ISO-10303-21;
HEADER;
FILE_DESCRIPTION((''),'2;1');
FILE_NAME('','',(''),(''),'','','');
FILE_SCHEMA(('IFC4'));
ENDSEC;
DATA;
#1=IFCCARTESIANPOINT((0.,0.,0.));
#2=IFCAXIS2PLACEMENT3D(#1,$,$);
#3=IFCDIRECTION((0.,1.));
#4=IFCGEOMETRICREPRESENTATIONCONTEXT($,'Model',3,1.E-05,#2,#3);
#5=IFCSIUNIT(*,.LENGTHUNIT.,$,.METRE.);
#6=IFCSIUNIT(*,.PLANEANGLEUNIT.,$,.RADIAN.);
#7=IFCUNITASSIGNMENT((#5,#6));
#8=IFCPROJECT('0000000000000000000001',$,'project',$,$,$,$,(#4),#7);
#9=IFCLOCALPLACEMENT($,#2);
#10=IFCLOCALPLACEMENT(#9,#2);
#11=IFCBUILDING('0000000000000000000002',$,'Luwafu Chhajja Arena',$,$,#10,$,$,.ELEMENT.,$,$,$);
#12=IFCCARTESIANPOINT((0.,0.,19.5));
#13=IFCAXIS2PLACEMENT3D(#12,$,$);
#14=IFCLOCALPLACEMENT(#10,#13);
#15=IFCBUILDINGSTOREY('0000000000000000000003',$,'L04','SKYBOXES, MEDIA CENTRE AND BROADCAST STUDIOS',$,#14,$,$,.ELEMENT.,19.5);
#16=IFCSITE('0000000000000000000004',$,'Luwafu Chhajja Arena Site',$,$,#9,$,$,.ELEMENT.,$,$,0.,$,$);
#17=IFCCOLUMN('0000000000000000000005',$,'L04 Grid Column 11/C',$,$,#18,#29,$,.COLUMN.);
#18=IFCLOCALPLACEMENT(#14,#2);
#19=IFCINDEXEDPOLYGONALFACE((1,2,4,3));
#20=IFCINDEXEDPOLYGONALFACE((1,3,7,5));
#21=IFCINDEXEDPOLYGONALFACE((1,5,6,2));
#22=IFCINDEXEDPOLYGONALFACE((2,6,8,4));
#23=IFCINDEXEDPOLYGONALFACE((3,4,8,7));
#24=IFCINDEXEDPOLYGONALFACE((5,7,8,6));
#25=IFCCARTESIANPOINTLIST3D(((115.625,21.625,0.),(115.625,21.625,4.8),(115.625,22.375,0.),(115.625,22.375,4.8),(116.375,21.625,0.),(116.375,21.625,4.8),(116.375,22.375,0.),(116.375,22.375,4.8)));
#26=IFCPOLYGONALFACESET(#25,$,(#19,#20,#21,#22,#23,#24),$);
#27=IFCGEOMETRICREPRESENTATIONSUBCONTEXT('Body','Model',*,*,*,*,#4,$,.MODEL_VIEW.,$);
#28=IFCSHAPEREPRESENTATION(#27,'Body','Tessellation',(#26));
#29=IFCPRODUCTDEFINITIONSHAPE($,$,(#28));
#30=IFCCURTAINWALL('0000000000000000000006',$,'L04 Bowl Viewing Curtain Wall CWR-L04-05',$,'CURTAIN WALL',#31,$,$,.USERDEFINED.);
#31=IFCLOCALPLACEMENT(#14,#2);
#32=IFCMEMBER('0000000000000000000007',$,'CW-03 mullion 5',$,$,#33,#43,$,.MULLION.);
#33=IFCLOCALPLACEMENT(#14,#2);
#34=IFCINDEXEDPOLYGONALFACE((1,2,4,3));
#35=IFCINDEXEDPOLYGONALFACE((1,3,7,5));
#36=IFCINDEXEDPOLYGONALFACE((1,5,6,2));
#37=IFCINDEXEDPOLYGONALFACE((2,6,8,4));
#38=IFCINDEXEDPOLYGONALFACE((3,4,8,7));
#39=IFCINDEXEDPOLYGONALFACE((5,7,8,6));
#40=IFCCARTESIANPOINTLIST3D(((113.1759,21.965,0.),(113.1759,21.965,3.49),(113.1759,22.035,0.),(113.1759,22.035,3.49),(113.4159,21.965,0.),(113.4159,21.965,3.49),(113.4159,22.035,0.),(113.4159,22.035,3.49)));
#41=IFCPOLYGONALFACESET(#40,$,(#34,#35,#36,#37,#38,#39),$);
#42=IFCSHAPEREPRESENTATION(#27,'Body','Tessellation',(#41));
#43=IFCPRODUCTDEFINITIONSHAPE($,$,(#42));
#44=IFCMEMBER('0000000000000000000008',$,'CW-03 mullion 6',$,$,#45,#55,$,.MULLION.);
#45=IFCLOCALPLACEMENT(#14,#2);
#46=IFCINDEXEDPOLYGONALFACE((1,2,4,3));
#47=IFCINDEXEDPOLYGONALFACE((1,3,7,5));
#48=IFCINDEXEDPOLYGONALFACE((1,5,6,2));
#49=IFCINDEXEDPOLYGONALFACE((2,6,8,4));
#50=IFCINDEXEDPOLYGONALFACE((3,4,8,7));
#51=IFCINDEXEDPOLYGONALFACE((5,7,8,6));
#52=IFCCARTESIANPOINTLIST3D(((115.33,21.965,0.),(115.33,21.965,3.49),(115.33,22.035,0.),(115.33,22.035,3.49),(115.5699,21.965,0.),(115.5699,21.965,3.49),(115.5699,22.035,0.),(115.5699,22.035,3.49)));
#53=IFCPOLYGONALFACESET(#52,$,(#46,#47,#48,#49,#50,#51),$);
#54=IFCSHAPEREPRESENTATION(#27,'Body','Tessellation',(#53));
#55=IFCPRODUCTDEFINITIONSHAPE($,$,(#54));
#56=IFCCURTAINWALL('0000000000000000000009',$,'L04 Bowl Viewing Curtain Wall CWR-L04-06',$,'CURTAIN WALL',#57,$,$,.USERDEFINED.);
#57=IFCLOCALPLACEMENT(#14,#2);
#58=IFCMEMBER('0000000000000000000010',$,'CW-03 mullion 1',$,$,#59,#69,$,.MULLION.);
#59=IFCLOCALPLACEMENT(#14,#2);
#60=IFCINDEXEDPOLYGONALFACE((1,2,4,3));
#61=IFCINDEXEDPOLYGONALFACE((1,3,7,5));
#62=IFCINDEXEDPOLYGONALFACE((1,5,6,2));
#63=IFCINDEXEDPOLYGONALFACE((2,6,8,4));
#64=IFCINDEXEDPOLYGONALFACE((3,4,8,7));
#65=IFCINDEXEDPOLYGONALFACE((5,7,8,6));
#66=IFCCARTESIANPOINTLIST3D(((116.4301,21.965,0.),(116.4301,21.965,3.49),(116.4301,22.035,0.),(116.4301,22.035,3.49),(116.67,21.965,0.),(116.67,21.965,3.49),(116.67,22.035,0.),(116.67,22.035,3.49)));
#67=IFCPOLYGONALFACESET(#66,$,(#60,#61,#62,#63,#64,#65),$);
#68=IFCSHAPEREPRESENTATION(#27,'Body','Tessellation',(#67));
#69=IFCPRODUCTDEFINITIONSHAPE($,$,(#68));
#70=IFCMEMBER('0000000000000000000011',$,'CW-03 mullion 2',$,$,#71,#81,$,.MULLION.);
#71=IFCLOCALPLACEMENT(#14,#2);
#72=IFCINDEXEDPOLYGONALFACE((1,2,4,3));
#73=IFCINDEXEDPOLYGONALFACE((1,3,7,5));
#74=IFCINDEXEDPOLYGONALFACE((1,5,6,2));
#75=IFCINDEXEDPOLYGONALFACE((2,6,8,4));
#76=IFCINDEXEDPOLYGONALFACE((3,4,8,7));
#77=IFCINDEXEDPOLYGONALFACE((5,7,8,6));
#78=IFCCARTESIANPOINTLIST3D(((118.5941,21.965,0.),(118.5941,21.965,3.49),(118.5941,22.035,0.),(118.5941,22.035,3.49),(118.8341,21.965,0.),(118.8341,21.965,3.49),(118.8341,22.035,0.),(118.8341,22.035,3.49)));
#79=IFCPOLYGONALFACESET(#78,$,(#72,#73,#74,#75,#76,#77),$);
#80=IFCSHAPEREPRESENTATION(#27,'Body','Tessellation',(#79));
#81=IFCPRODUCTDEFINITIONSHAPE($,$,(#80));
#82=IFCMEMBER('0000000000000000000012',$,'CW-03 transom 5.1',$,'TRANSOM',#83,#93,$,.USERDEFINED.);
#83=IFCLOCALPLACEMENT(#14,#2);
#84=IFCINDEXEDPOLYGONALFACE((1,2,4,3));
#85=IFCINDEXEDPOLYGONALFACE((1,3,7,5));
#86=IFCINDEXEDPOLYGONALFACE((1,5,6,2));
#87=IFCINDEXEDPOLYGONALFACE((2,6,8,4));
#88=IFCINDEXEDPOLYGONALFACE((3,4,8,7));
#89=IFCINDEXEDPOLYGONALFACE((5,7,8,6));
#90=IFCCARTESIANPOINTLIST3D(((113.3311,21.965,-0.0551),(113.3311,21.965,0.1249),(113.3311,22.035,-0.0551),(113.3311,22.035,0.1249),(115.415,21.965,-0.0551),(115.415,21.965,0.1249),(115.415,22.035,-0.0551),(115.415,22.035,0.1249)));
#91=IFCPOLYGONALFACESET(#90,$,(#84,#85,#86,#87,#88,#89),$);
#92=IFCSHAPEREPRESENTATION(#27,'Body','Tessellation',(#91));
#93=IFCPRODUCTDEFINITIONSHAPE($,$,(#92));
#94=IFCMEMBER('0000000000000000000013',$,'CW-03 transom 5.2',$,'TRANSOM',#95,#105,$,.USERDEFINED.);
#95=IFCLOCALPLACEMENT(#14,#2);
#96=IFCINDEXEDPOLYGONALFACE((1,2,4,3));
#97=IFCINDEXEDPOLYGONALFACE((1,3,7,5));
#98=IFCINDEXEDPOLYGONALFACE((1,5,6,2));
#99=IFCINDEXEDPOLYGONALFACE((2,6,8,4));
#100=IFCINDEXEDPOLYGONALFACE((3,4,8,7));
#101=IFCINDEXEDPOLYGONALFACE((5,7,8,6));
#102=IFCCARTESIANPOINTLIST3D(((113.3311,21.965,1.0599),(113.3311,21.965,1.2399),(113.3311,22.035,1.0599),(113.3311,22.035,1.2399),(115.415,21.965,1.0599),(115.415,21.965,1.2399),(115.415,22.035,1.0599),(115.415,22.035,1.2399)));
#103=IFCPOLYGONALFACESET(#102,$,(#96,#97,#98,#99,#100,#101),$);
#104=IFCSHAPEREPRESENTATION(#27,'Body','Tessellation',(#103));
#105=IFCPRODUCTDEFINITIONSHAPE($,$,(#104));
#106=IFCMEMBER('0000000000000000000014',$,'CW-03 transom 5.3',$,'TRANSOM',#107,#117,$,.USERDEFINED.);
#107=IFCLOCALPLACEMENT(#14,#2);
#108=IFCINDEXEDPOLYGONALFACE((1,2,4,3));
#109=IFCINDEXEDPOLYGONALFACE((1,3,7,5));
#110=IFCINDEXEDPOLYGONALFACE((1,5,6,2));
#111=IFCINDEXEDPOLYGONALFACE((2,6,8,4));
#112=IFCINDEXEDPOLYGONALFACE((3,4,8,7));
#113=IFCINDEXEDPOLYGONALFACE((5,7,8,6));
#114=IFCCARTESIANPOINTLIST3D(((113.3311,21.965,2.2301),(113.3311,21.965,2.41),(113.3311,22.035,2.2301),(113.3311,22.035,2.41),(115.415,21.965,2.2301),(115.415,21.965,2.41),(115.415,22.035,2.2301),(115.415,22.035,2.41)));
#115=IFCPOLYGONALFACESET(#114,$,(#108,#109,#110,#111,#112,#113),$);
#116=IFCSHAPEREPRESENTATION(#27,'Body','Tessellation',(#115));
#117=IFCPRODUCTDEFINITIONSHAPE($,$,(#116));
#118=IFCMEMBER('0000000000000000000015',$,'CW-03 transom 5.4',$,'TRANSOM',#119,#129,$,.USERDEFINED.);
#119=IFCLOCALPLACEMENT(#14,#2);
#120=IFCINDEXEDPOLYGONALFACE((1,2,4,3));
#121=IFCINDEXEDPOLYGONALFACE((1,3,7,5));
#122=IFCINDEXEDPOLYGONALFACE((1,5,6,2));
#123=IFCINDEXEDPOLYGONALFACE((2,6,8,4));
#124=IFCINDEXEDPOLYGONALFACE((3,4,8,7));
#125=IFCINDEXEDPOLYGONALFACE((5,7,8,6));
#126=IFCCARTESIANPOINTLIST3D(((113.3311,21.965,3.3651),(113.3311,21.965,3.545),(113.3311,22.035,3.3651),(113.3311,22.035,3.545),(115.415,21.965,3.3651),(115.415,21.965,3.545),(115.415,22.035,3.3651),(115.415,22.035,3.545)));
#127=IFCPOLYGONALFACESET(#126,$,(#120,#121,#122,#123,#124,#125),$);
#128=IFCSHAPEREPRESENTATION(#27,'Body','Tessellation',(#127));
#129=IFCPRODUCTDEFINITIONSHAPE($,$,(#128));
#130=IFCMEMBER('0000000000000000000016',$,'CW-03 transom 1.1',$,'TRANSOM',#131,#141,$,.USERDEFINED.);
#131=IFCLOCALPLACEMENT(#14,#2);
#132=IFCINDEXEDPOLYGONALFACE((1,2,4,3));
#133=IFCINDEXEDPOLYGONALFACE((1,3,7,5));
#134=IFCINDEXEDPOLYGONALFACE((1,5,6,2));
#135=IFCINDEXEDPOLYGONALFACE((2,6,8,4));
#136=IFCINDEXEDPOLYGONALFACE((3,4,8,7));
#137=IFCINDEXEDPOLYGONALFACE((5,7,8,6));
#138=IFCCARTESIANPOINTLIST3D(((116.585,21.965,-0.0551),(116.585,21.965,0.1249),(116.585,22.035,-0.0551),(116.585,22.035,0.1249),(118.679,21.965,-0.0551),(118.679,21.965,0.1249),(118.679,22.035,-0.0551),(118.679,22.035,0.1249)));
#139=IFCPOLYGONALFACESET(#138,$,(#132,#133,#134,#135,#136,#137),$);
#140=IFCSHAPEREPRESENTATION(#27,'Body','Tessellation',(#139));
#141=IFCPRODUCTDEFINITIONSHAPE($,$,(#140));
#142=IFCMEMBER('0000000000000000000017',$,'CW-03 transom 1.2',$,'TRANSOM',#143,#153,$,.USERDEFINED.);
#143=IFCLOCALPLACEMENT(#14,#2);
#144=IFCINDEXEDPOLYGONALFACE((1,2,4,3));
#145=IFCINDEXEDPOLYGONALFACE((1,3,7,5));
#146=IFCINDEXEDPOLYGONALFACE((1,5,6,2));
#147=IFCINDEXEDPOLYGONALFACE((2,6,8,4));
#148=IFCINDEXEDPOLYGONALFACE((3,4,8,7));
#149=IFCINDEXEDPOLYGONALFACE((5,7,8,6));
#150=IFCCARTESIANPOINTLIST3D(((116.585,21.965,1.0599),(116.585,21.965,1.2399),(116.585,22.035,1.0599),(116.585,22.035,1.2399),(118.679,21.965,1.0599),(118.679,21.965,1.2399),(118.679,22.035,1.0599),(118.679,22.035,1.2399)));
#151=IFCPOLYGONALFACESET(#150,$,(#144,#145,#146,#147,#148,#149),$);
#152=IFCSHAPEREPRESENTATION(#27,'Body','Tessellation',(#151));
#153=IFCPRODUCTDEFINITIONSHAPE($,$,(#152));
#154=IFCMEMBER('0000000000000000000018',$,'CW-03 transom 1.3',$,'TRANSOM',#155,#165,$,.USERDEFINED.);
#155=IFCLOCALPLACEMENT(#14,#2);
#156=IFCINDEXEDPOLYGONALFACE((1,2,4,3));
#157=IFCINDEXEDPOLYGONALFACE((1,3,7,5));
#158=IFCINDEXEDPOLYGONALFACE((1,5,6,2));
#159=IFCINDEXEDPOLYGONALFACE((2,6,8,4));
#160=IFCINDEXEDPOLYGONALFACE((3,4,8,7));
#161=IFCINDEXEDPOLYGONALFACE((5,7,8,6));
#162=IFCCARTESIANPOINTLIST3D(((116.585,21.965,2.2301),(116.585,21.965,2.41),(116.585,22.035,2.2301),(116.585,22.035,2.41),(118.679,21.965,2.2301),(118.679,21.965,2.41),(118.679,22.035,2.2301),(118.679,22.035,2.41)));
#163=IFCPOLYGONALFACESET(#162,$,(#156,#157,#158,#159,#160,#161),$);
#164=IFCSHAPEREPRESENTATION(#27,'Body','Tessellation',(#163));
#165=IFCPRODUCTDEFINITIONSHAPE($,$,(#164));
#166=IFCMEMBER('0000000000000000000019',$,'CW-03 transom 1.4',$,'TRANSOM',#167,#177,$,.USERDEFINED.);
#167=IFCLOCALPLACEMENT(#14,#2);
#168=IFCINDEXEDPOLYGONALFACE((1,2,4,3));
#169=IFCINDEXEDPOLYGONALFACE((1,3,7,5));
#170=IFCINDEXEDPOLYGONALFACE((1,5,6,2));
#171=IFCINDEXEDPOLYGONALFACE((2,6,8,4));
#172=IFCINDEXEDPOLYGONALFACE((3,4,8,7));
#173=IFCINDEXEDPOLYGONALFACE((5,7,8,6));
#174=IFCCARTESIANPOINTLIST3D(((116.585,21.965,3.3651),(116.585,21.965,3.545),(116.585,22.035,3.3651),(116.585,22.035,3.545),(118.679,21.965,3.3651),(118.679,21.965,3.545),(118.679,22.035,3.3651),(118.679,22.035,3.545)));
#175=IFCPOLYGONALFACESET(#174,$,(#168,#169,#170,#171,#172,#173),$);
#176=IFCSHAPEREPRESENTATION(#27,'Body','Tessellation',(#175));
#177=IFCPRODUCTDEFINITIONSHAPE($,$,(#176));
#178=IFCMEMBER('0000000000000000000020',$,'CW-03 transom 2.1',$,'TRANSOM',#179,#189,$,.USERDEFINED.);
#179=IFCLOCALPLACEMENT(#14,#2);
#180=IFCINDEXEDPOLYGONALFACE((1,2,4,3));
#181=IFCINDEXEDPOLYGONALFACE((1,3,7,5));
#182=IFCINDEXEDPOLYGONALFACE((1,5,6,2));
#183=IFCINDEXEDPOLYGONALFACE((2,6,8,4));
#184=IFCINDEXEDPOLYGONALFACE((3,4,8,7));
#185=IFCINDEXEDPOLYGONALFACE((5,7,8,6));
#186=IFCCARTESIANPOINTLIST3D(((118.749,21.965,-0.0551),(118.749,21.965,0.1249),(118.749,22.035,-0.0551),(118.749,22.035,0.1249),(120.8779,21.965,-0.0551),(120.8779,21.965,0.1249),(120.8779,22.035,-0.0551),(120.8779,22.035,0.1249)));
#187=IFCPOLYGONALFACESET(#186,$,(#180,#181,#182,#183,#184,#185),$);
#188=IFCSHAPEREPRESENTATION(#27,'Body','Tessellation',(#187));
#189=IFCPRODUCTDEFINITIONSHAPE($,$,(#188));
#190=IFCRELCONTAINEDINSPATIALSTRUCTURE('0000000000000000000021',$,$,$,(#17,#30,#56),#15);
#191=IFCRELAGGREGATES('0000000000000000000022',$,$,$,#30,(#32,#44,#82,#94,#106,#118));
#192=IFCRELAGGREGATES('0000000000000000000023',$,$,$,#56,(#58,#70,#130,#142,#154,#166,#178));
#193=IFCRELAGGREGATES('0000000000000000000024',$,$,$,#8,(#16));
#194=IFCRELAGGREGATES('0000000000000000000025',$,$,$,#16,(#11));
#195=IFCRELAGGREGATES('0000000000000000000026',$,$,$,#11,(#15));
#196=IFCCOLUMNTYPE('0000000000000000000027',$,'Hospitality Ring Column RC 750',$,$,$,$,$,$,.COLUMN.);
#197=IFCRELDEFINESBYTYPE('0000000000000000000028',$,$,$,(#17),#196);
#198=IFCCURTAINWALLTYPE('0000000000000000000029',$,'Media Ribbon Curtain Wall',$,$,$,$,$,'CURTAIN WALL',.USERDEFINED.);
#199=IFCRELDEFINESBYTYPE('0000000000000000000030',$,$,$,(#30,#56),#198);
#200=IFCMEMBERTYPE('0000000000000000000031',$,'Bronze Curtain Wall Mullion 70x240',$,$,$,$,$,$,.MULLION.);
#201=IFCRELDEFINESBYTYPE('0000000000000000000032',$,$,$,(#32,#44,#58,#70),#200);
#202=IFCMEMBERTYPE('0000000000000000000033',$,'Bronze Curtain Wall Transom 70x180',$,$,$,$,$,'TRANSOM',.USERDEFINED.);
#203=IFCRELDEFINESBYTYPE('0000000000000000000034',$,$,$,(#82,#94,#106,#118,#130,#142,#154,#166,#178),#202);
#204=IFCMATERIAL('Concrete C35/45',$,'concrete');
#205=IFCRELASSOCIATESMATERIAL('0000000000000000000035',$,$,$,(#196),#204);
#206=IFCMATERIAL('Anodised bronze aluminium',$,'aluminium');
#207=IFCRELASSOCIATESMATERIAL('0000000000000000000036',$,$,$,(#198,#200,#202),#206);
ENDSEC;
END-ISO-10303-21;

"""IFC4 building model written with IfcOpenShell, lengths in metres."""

from ifc_helpers import new_model, si_unit, direction, frame, origin, origin_2d, place, context, subcontext, project, spatial, rectangle, extrude, material, material_profile, profile_set, type_object, element, aggregate, save


model = new_model("IFC4")

# Units and contexts
model_context = context("Model", 3, precision=1e-05, world=origin(), true_north=direction((0.0, 1.0)))
body_context = subcontext(model_context, "Body", "Model", "MODEL_VIEW")
ifc_project = project(units=[si_unit("LENGTHUNIT", "METRE"), si_unit("PLANEANGLEUNIT", "RADIAN")], contexts=[model_context])

# Site, building, storey
site_placement = place(None, origin())
site = spatial("IfcSite", under=ifc_project, at=site_placement, Name="Luwafu Chhajja Arena Site", CompositionType="ELEMENT", RefElevation=0.0)
building_placement = place(site_placement, origin())
building = spatial("IfcBuilding", under=site, at=building_placement, Name="Luwafu Chhajja Arena", CompositionType="ELEMENT")
storey_placement = place(building_placement, frame((0.0, 0.0, 19.5)))
storey = spatial("IfcBuildingStorey", under=building, at=storey_placement, Name="L04", Description="SKYBOXES, MEDIA CENTRE AND BROADCAST STUDIOS", CompositionType="ELEMENT", Elevation=19.5)

# Column
ifc_material_1 = material(Name="Concrete C35/45", Category="concrete")
ifc_material_profile_1 = material_profile(ifc_material_1, rectangle(XDim=0.75, YDim=0.75, at=origin_2d()), Name="RC 750x750")
ifc_profile_set_1 = profile_set([ifc_material_profile_1], Name="Concrete C35/45")
column_type = type_object("IfcColumnType", Name="Hospitality Ring Column RC 750", PredefinedType="COLUMN", material=ifc_profile_set_1)
column_placement = place(storey_placement, frame((116.0, 22.0, 0.0), z_axis=(0.0, 0.0, 1.0), x_axis=(1.0, 0.0, 0.0)))
element("IfcColumn", 1, at=column_placement, inside=storey, type_object=column_type, Name="L04 Grid Column 11/C", PredefinedType="COLUMN", context=body_context, shape_type="SweptSolid", body=[
    extrude(rectangle(XDim=0.75, YDim=0.75, at=origin_2d()), origin(), (0.0, 0.0, 1.0), 4.8),
])

# Curtain walls, members
ifc_material_2 = material(Name="Anodised bronze aluminium", Category="aluminium")
curtain_wall_type = type_object("IfcCurtainWallType", Name="Media Ribbon Curtain Wall", ElementType="CURTAIN WALL", PredefinedType="USERDEFINED", material=ifc_material_2)
curtain_wall_1_placement = place(storey_placement, origin())
curtain_wall_1 = element("IfcCurtainWall", 2, at=curtain_wall_1_placement, inside=storey, type_object=curtain_wall_type, Name="L04 Bowl Viewing Curtain Wall CWR-L04-05", ObjectType="CURTAIN WALL", PredefinedType="USERDEFINED")
ifc_material_profile_2 = material_profile(ifc_material_2, rectangle(XDim=0.0701, YDim=0.24, at=origin_2d()), Name="CWM 70x240")
ifc_profile_set_2 = profile_set([ifc_material_profile_2], Name="Anodised bronze aluminium")
member_type_1 = type_object("IfcMemberType", Name="Bronze Curtain Wall Mullion 70x240", PredefinedType="MULLION", material=ifc_profile_set_2)
member_1_placement = place(storey_placement, frame((113.2959, 22.0, 0.0), z_axis=(0.0, 0.0, 1.0), x_axis=(0.0, 1.0, 0.0)))
member_1 = element("IfcMember", 3, at=member_1_placement, type_object=member_type_1, Name="CW-03 mullion 5", PredefinedType="MULLION", context=body_context, shape_type="SweptSolid", body=[
    extrude(rectangle(XDim=0.0701, YDim=0.24, at=origin_2d()), origin(), (0.0, 0.0, 1.0), 3.49),
])
member_2_placement = place(storey_placement, frame((115.45, 22.0, 0.0), z_axis=(0.0, 0.0, 1.0), x_axis=(0.0, 1.0, 0.0)))
member_2 = element("IfcMember", 4, at=member_2_placement, type_object=member_type_1, Name="CW-03 mullion 6", PredefinedType="MULLION", context=body_context, shape_type="SweptSolid", body=[
    extrude(rectangle(XDim=0.0701, YDim=0.24, at=origin_2d()), origin(), (0.0, 0.0, 1.0), 3.49),
])
curtain_wall_2_placement = place(storey_placement, origin())
curtain_wall_2 = element("IfcCurtainWall", 5, at=curtain_wall_2_placement, inside=storey, type_object=curtain_wall_type, Name="L04 Bowl Viewing Curtain Wall CWR-L04-06", ObjectType="CURTAIN WALL", PredefinedType="USERDEFINED")
member_3_placement = place(storey_placement, frame((116.55, 22.0, 0.0), z_axis=(0.0, 0.0, 1.0), x_axis=(0.0, 1.0, 0.0)))
member_3 = element("IfcMember", 6, at=member_3_placement, type_object=member_type_1, Name="CW-03 mullion 1", PredefinedType="MULLION", context=body_context, shape_type="SweptSolid", body=[
    extrude(rectangle(XDim=0.0701, YDim=0.24, at=origin_2d()), origin(), (0.0, 0.0, 1.0), 3.49),
])
member_4_placement = place(storey_placement, frame((118.7141, 22.0, 0.0), z_axis=(0.0, 0.0, 1.0), x_axis=(0.0, 1.0, 0.0)))
member_4 = element("IfcMember", 7, at=member_4_placement, type_object=member_type_1, Name="CW-03 mullion 2", PredefinedType="MULLION", context=body_context, shape_type="SweptSolid", body=[
    extrude(rectangle(XDim=0.0701, YDim=0.24, at=origin_2d()), origin(), (0.0, 0.0, 1.0), 3.49),
])

# Members
ifc_material_profile_3 = material_profile(ifc_material_2, rectangle(XDim=0.0701, YDim=0.1799, at=origin_2d()), Name="CWT 70x180")
ifc_profile_set_3 = profile_set([ifc_material_profile_3], Name="Anodised bronze aluminium")
member_type_2 = type_object("IfcMemberType", Name="Bronze Curtain Wall Transom 70x180", ElementType="TRANSOM", PredefinedType="USERDEFINED", material=ifc_profile_set_3)
member_5_placement = place(storey_placement, frame((113.3311, 22.0, 0.0349), z_axis=(1.0, 0.0, 0.0), x_axis=(0.0, 1.0, 0.0)))
member_5 = element("IfcMember", 8, at=member_5_placement, type_object=member_type_2, Name="CW-03 transom 5.1", ObjectType="TRANSOM", PredefinedType="USERDEFINED", context=body_context, shape_type="SweptSolid", body=[
    extrude(rectangle(XDim=0.0701, YDim=0.1799, at=origin_2d()), origin(), (0.0, 0.0, 1.0), 2.084),
])
member_6_placement = place(storey_placement, frame((113.3311, 22.0, 1.1499), z_axis=(1.0, 0.0, 0.0), x_axis=(0.0, 1.0, 0.0)))
member_6 = element("IfcMember", 9, at=member_6_placement, type_object=member_type_2, Name="CW-03 transom 5.2", ObjectType="TRANSOM", PredefinedType="USERDEFINED", context=body_context, shape_type="SweptSolid", body=[
    extrude(rectangle(XDim=0.0701, YDim=0.1799, at=origin_2d()), origin(), (0.0, 0.0, 1.0), 2.084),
])
member_7_placement = place(storey_placement, frame((113.3311, 22.0, 2.3201), z_axis=(1.0, 0.0, 0.0), x_axis=(0.0, 1.0, 0.0)))
member_7 = element("IfcMember", 10, at=member_7_placement, type_object=member_type_2, Name="CW-03 transom 5.3", ObjectType="TRANSOM", PredefinedType="USERDEFINED", context=body_context, shape_type="SweptSolid", body=[
    extrude(rectangle(XDim=0.0701, YDim=0.1799, at=origin_2d()), origin(), (0.0, 0.0, 1.0), 2.084),
])
member_8_placement = place(storey_placement, frame((113.3311, 22.0, 3.4551), z_axis=(1.0, 0.0, 0.0), x_axis=(0.0, 1.0, 0.0)))
member_8 = element("IfcMember", 11, at=member_8_placement, type_object=member_type_2, Name="CW-03 transom 5.4", ObjectType="TRANSOM", PredefinedType="USERDEFINED", context=body_context, shape_type="SweptSolid", body=[
    extrude(rectangle(XDim=0.0701, YDim=0.1799, at=origin_2d()), origin(), (0.0, 0.0, 1.0), 2.084),
])
member_9_placement = place(storey_placement, frame((116.585, 22.0, 0.0349), z_axis=(1.0, 0.0, 0.0), x_axis=(0.0, 1.0, 0.0)))
member_9 = element("IfcMember", 12, at=member_9_placement, type_object=member_type_2, Name="CW-03 transom 1.1", ObjectType="TRANSOM", PredefinedType="USERDEFINED", context=body_context, shape_type="SweptSolid", body=[
    extrude(rectangle(XDim=0.0701, YDim=0.1799, at=origin_2d()), origin(), (0.0, 0.0, 1.0), 2.094),
])
member_10_placement = place(storey_placement, frame((116.585, 22.0, 1.1499), z_axis=(1.0, 0.0, 0.0), x_axis=(0.0, 1.0, 0.0)))
member_10 = element("IfcMember", 13, at=member_10_placement, type_object=member_type_2, Name="CW-03 transom 1.2", ObjectType="TRANSOM", PredefinedType="USERDEFINED", context=body_context, shape_type="SweptSolid", body=[
    extrude(rectangle(XDim=0.0701, YDim=0.1799, at=origin_2d()), origin(), (0.0, 0.0, 1.0), 2.094),
])
member_11_placement = place(storey_placement, frame((116.585, 22.0, 2.3201), z_axis=(1.0, 0.0, 0.0), x_axis=(0.0, 1.0, 0.0)))
member_11 = element("IfcMember", 14, at=member_11_placement, type_object=member_type_2, Name="CW-03 transom 1.3", ObjectType="TRANSOM", PredefinedType="USERDEFINED", context=body_context, shape_type="SweptSolid", body=[
    extrude(rectangle(XDim=0.0701, YDim=0.1799, at=origin_2d()), origin(), (0.0, 0.0, 1.0), 2.094),
])
member_12_placement = place(storey_placement, frame((116.585, 22.0, 3.4551), z_axis=(1.0, 0.0, 0.0), x_axis=(0.0, 1.0, 0.0)))
member_12 = element("IfcMember", 15, at=member_12_placement, type_object=member_type_2, Name="CW-03 transom 1.4", ObjectType="TRANSOM", PredefinedType="USERDEFINED", context=body_context, shape_type="SweptSolid", body=[
    extrude(rectangle(XDim=0.0701, YDim=0.1799, at=origin_2d()), origin(), (0.0, 0.0, 1.0), 2.094),
])
member_13_placement = place(storey_placement, frame((118.749, 22.0, 0.0349), z_axis=(1.0, 0.0, 0.0), x_axis=(0.0, 1.0, 0.0)))
member_13 = element("IfcMember", 16, at=member_13_placement, type_object=member_type_2, Name="CW-03 transom 2.1", ObjectType="TRANSOM", PredefinedType="USERDEFINED", context=body_context, shape_type="SweptSolid", body=[
    extrude(rectangle(XDim=0.0701, YDim=0.1799, at=origin_2d()), origin(), (0.0, 0.0, 1.0), 2.1289),
])

aggregate(curtain_wall_1, [member_1, member_2, member_5, member_6, member_7, member_8])
aggregate(curtain_wall_2, [member_3, member_4, member_9, member_10, member_11, member_12, member_13])

save(model, "model.ifc")
